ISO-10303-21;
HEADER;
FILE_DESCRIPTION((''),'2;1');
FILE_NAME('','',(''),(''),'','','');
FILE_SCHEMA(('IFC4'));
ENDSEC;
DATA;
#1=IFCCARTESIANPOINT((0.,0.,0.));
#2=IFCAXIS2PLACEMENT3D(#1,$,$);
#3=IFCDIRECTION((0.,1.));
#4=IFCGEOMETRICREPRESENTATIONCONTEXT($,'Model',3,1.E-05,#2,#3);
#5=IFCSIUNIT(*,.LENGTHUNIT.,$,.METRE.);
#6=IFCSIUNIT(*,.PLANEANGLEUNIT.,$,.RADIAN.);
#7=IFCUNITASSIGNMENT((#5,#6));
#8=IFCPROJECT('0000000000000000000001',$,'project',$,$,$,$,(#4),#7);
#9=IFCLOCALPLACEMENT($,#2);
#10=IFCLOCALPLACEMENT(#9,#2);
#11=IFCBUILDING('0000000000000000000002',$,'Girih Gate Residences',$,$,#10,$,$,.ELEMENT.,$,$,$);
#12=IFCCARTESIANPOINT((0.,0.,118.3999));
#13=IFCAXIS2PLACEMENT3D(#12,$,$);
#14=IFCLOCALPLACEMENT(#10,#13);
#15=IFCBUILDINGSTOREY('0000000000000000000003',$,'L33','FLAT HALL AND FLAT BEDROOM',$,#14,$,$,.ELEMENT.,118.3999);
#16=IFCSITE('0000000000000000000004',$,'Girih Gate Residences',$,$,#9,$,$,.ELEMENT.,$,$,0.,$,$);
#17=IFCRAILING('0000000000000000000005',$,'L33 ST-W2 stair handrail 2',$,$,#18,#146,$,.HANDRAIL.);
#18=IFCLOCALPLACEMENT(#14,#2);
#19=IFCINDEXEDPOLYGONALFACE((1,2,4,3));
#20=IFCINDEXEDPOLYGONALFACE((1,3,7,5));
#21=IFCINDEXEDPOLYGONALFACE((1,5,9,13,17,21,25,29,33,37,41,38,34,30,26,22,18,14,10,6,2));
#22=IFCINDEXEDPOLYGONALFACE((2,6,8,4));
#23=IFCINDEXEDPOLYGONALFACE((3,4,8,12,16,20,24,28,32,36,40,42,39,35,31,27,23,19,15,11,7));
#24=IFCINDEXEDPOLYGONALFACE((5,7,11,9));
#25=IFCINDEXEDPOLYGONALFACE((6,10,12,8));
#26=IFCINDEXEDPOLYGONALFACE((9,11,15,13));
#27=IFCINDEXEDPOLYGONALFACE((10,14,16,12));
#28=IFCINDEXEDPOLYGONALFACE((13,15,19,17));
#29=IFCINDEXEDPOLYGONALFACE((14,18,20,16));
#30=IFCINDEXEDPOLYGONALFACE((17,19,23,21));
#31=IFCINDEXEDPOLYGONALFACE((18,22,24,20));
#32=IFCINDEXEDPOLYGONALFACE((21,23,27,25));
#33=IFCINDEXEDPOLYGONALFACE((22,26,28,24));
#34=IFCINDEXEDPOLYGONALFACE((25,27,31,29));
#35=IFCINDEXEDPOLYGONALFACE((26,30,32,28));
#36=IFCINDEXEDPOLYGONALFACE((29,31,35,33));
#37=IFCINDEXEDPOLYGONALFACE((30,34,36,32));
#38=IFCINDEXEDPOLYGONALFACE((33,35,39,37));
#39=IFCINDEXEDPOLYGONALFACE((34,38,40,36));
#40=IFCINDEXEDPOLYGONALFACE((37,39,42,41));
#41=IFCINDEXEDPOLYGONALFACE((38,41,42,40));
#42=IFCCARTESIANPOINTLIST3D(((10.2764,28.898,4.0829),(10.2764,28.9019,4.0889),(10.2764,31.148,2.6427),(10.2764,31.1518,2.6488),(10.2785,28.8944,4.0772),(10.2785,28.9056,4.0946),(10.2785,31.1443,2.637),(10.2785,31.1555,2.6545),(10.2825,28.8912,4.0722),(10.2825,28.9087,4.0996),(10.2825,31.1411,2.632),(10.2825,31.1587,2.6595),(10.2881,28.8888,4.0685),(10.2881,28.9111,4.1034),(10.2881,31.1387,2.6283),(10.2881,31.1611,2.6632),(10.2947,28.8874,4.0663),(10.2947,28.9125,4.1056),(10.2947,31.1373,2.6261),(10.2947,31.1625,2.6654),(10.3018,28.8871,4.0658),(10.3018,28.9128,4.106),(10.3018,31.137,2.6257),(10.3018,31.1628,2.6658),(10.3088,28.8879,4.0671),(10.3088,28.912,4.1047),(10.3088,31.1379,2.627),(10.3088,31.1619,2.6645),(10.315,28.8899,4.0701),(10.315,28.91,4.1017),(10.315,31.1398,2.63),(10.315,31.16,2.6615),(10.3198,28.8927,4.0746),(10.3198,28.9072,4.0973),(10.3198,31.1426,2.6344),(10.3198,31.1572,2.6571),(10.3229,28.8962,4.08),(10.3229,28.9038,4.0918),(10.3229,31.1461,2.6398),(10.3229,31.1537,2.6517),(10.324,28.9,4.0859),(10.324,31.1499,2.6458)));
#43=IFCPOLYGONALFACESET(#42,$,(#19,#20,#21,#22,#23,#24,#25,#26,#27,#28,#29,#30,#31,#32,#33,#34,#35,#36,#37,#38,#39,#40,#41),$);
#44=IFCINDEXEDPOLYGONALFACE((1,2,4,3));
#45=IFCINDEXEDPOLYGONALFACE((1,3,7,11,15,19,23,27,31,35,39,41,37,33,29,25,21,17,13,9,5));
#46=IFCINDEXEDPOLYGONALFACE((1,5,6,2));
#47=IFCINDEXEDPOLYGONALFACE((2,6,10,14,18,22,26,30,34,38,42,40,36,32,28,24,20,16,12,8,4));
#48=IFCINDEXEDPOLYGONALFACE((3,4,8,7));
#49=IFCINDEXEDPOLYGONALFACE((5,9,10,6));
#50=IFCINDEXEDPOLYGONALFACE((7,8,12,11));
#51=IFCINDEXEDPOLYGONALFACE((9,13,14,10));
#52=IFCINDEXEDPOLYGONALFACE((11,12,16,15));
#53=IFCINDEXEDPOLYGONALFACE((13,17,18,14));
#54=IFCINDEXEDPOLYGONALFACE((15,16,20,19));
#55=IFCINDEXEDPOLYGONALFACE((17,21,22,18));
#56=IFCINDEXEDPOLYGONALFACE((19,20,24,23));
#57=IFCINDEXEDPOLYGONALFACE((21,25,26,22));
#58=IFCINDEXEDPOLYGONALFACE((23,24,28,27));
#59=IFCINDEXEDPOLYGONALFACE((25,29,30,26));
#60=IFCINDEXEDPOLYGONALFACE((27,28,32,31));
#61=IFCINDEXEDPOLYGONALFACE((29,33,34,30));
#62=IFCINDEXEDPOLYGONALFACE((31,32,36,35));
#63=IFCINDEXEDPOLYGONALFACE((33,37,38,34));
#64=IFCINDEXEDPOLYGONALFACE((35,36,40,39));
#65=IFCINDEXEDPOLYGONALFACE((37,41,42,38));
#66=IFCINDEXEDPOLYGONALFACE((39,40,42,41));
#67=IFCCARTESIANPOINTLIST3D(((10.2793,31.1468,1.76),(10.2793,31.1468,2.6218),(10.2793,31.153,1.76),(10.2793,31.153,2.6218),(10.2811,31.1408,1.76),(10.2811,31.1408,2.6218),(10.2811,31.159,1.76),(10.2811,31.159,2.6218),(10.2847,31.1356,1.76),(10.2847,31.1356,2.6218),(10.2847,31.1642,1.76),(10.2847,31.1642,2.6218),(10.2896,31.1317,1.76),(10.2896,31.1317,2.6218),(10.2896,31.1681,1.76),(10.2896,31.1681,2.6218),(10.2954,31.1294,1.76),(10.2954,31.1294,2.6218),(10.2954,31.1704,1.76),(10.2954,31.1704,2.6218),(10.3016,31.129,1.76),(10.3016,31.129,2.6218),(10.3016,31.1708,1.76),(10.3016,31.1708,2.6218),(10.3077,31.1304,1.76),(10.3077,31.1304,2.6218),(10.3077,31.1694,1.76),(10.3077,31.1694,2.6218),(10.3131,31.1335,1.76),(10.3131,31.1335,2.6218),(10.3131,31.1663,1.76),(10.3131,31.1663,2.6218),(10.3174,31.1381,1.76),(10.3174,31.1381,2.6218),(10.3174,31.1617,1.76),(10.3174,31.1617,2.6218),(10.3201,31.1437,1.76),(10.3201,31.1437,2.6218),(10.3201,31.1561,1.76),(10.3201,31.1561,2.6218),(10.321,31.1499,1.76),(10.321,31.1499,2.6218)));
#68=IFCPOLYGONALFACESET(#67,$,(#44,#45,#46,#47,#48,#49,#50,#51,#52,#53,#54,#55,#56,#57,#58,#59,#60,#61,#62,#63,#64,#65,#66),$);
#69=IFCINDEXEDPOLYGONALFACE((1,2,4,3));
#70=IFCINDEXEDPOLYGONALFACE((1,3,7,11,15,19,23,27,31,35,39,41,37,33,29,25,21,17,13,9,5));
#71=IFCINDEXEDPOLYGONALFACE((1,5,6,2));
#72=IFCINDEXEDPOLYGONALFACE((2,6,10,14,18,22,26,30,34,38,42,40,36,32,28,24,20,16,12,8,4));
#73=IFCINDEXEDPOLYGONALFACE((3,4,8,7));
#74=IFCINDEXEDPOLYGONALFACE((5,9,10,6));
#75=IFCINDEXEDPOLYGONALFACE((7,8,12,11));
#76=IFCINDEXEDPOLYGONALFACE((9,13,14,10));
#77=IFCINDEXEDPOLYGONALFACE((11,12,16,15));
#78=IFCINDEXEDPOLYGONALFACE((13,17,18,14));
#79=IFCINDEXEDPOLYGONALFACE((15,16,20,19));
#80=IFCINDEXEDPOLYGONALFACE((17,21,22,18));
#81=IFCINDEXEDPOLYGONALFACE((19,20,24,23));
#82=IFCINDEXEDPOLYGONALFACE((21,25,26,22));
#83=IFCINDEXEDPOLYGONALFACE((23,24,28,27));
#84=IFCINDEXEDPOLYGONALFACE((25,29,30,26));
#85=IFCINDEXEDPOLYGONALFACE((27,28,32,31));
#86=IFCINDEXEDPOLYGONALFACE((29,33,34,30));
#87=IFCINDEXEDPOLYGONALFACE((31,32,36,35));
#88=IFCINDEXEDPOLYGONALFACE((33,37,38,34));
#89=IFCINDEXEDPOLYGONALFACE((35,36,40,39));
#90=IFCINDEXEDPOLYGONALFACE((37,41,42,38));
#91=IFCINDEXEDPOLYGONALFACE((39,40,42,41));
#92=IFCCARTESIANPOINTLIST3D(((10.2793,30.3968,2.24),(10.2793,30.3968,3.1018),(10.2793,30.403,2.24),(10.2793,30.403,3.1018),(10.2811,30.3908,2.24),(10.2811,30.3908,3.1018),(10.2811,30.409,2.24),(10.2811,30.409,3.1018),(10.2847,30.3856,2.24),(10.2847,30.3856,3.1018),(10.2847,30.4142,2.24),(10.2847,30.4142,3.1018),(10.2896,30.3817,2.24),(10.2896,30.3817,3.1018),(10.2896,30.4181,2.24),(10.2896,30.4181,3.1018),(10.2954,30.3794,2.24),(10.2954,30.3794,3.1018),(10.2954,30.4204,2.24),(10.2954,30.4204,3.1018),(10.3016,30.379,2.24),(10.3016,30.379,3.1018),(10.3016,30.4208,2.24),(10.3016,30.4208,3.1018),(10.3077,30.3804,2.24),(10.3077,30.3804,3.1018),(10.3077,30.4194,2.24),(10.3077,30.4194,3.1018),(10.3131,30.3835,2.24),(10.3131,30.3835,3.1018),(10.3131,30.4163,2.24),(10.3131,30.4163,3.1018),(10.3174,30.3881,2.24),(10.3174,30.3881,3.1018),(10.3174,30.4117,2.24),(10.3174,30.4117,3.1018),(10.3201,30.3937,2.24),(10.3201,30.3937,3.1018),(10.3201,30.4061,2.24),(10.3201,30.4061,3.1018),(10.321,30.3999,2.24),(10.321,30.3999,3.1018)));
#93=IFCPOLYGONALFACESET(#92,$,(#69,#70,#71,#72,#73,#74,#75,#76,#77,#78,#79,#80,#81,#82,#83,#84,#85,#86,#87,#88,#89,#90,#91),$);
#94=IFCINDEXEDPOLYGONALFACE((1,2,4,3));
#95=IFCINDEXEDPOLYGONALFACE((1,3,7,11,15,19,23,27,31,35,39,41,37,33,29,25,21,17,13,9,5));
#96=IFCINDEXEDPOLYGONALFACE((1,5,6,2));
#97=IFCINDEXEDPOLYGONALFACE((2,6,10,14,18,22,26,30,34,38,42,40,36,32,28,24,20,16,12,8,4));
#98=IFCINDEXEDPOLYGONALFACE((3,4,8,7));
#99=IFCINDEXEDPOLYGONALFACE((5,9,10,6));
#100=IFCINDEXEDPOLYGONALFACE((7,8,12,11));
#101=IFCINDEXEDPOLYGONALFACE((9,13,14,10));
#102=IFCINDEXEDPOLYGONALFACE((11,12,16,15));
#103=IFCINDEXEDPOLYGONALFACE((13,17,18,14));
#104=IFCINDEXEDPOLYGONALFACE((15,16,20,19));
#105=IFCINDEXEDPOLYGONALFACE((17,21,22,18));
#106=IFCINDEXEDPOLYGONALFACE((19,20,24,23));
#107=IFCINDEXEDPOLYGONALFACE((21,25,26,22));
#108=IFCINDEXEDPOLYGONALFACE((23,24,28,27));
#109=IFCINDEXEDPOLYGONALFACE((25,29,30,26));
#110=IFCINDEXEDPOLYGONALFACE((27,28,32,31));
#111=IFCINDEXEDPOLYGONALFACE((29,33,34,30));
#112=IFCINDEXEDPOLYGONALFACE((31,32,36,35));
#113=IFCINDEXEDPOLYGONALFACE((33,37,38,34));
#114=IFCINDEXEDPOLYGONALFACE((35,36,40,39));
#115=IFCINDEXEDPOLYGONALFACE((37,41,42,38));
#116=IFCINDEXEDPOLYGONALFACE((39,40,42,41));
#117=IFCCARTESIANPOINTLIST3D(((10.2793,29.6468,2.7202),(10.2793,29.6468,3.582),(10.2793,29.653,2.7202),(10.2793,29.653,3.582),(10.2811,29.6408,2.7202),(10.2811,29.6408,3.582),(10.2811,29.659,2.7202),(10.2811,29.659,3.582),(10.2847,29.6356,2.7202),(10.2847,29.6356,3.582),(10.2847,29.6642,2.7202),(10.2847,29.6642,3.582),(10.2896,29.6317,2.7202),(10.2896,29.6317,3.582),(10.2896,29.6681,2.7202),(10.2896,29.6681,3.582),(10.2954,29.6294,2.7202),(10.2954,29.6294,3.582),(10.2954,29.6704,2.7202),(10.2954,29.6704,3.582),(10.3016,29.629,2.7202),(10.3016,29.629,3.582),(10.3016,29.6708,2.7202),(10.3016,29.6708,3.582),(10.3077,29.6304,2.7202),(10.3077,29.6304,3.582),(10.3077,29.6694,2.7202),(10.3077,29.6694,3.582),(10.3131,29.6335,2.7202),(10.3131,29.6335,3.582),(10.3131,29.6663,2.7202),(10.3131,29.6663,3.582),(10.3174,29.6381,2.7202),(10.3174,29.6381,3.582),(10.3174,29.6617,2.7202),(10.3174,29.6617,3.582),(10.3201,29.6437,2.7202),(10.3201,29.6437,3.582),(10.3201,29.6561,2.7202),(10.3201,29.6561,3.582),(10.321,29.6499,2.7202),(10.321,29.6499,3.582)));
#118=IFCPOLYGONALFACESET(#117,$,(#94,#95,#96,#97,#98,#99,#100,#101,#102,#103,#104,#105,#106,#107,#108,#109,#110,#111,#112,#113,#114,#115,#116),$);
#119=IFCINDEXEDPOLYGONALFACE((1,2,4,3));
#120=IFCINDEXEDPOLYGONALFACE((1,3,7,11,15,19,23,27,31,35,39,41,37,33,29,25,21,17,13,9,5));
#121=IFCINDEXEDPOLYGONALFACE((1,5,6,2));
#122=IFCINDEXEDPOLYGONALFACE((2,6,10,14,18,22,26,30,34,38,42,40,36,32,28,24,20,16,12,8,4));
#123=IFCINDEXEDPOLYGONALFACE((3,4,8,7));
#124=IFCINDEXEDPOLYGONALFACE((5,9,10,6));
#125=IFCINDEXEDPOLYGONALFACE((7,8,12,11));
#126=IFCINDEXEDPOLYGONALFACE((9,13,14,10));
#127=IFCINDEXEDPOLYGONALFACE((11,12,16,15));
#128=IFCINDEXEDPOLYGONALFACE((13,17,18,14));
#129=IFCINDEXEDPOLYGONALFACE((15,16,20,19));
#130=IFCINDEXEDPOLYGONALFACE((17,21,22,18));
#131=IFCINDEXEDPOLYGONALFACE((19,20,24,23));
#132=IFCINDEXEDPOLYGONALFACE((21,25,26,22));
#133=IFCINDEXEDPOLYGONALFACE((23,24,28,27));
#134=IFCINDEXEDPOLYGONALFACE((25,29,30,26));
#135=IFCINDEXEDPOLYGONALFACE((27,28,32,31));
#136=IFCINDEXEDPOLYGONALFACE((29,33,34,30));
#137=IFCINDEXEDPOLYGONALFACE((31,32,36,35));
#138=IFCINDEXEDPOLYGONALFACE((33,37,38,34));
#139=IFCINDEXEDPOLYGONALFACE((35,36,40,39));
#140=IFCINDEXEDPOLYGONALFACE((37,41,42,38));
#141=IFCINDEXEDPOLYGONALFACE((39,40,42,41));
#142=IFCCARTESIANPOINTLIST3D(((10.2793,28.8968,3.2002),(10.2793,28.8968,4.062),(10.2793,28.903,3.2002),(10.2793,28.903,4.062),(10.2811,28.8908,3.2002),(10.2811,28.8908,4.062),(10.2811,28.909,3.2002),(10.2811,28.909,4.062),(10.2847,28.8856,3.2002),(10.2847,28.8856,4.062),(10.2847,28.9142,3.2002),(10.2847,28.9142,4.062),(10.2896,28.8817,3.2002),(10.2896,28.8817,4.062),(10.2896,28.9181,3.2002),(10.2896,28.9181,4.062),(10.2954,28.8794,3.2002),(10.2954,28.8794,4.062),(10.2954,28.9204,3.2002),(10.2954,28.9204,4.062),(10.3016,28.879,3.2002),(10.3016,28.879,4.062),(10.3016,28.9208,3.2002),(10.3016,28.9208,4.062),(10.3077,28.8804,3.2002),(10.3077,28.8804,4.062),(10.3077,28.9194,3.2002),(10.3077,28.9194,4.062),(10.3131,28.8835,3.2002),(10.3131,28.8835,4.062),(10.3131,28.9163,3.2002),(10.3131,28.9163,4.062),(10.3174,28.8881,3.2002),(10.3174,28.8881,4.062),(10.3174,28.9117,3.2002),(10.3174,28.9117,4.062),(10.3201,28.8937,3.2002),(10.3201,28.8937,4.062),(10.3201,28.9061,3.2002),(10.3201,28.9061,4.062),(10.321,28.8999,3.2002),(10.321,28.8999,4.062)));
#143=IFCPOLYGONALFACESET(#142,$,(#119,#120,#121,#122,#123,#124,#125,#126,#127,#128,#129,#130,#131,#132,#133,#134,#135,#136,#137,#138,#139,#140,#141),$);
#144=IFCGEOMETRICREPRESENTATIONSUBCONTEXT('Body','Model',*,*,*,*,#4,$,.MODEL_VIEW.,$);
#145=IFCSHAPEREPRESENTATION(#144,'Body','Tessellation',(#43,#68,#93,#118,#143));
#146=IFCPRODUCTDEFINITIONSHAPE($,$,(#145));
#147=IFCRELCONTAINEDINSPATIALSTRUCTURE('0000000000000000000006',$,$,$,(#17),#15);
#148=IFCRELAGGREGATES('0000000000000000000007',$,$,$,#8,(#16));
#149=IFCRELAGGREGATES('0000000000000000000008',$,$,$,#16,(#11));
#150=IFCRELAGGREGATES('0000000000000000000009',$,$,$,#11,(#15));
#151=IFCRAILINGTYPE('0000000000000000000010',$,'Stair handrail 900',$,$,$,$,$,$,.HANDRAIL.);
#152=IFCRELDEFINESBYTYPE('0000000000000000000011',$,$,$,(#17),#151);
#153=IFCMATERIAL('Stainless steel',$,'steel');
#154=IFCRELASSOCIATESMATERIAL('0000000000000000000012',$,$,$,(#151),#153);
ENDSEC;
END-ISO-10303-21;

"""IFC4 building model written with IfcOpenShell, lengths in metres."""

from ifc_helpers import new_model, si_unit, direction, frame, origin, origin_2d, place, context, subcontext, project, spatial, circle, extrude, material, type_object, element, save


model = new_model("IFC4")

# Units and contexts
model_context = context("Model", 3, precision=1e-05, world=origin(), true_north=direction((0.0, 1.0)))
body_context = subcontext(model_context, "Body", "Model", "MODEL_VIEW")
ifc_project = project(units=[si_unit("LENGTHUNIT", "METRE"), si_unit("PLANEANGLEUNIT", "RADIAN")], contexts=[model_context])

# Site, building, storey
site_placement = place(None, origin())
site = spatial("IfcSite", under=ifc_project, at=site_placement, Name="Girih Gate Residences", CompositionType="ELEMENT", RefElevation=0.0)
building_placement = place(site_placement, origin())
building = spatial("IfcBuilding", under=site, at=building_placement, Name="Girih Gate Residences", CompositionType="ELEMENT")
storey_placement = place(building_placement, frame((0.0, 0.0, 118.3999)))
storey = spatial("IfcBuildingStorey", under=building, at=storey_placement, Name="L33", Description="FLAT HALL AND FLAT BEDROOM", CompositionType="ELEMENT", Elevation=118.3999)

# Railing
ifc_material_1 = material(Name="Stainless steel", Category="steel")
railing_type_1 = type_object("IfcRailingType", Name="Stair handrail 900", PredefinedType="HANDRAIL", material=ifc_material_1)
railing_1_placement = place(storey_placement, frame((10.3, 31.1499, 1.76)))
element("IfcRailing", 1, at=railing_1_placement, inside=storey, type_object=railing_type_1, Name="L33 ST-W2 stair handrail 2", PredefinedType="HANDRAIL", context=body_context, shape_type="SweptSolid", body=[
    extrude(circle(Radius=0.0239, at=origin_2d()), frame((0.0, 0.0, 0.8857), z_axis=(0.0, -0.84224, 0.539103), x_axis=(1.0, 0.0, 0.0)), (0.0, 0.0, 1.0), 2.6714),
    extrude(circle(Radius=0.021, at=origin_2d()), origin(), (0.0, 0.0, 1.0), 0.8618),
    extrude(circle(Radius=0.021, at=origin_2d()), frame((0.0, -0.75, 0.48)), (0.0, 0.0, 1.0), 0.8618),
    extrude(circle(Radius=0.021, at=origin_2d()), frame((0.0, -1.5, 0.9602)), (0.0, 0.0, 1.0), 0.8618),
    extrude(circle(Radius=0.021, at=origin_2d()), frame((0.0, -2.25, 1.4402)), (0.0, 0.0, 1.0), 0.8618),
])

save(model, "model.ifc")
